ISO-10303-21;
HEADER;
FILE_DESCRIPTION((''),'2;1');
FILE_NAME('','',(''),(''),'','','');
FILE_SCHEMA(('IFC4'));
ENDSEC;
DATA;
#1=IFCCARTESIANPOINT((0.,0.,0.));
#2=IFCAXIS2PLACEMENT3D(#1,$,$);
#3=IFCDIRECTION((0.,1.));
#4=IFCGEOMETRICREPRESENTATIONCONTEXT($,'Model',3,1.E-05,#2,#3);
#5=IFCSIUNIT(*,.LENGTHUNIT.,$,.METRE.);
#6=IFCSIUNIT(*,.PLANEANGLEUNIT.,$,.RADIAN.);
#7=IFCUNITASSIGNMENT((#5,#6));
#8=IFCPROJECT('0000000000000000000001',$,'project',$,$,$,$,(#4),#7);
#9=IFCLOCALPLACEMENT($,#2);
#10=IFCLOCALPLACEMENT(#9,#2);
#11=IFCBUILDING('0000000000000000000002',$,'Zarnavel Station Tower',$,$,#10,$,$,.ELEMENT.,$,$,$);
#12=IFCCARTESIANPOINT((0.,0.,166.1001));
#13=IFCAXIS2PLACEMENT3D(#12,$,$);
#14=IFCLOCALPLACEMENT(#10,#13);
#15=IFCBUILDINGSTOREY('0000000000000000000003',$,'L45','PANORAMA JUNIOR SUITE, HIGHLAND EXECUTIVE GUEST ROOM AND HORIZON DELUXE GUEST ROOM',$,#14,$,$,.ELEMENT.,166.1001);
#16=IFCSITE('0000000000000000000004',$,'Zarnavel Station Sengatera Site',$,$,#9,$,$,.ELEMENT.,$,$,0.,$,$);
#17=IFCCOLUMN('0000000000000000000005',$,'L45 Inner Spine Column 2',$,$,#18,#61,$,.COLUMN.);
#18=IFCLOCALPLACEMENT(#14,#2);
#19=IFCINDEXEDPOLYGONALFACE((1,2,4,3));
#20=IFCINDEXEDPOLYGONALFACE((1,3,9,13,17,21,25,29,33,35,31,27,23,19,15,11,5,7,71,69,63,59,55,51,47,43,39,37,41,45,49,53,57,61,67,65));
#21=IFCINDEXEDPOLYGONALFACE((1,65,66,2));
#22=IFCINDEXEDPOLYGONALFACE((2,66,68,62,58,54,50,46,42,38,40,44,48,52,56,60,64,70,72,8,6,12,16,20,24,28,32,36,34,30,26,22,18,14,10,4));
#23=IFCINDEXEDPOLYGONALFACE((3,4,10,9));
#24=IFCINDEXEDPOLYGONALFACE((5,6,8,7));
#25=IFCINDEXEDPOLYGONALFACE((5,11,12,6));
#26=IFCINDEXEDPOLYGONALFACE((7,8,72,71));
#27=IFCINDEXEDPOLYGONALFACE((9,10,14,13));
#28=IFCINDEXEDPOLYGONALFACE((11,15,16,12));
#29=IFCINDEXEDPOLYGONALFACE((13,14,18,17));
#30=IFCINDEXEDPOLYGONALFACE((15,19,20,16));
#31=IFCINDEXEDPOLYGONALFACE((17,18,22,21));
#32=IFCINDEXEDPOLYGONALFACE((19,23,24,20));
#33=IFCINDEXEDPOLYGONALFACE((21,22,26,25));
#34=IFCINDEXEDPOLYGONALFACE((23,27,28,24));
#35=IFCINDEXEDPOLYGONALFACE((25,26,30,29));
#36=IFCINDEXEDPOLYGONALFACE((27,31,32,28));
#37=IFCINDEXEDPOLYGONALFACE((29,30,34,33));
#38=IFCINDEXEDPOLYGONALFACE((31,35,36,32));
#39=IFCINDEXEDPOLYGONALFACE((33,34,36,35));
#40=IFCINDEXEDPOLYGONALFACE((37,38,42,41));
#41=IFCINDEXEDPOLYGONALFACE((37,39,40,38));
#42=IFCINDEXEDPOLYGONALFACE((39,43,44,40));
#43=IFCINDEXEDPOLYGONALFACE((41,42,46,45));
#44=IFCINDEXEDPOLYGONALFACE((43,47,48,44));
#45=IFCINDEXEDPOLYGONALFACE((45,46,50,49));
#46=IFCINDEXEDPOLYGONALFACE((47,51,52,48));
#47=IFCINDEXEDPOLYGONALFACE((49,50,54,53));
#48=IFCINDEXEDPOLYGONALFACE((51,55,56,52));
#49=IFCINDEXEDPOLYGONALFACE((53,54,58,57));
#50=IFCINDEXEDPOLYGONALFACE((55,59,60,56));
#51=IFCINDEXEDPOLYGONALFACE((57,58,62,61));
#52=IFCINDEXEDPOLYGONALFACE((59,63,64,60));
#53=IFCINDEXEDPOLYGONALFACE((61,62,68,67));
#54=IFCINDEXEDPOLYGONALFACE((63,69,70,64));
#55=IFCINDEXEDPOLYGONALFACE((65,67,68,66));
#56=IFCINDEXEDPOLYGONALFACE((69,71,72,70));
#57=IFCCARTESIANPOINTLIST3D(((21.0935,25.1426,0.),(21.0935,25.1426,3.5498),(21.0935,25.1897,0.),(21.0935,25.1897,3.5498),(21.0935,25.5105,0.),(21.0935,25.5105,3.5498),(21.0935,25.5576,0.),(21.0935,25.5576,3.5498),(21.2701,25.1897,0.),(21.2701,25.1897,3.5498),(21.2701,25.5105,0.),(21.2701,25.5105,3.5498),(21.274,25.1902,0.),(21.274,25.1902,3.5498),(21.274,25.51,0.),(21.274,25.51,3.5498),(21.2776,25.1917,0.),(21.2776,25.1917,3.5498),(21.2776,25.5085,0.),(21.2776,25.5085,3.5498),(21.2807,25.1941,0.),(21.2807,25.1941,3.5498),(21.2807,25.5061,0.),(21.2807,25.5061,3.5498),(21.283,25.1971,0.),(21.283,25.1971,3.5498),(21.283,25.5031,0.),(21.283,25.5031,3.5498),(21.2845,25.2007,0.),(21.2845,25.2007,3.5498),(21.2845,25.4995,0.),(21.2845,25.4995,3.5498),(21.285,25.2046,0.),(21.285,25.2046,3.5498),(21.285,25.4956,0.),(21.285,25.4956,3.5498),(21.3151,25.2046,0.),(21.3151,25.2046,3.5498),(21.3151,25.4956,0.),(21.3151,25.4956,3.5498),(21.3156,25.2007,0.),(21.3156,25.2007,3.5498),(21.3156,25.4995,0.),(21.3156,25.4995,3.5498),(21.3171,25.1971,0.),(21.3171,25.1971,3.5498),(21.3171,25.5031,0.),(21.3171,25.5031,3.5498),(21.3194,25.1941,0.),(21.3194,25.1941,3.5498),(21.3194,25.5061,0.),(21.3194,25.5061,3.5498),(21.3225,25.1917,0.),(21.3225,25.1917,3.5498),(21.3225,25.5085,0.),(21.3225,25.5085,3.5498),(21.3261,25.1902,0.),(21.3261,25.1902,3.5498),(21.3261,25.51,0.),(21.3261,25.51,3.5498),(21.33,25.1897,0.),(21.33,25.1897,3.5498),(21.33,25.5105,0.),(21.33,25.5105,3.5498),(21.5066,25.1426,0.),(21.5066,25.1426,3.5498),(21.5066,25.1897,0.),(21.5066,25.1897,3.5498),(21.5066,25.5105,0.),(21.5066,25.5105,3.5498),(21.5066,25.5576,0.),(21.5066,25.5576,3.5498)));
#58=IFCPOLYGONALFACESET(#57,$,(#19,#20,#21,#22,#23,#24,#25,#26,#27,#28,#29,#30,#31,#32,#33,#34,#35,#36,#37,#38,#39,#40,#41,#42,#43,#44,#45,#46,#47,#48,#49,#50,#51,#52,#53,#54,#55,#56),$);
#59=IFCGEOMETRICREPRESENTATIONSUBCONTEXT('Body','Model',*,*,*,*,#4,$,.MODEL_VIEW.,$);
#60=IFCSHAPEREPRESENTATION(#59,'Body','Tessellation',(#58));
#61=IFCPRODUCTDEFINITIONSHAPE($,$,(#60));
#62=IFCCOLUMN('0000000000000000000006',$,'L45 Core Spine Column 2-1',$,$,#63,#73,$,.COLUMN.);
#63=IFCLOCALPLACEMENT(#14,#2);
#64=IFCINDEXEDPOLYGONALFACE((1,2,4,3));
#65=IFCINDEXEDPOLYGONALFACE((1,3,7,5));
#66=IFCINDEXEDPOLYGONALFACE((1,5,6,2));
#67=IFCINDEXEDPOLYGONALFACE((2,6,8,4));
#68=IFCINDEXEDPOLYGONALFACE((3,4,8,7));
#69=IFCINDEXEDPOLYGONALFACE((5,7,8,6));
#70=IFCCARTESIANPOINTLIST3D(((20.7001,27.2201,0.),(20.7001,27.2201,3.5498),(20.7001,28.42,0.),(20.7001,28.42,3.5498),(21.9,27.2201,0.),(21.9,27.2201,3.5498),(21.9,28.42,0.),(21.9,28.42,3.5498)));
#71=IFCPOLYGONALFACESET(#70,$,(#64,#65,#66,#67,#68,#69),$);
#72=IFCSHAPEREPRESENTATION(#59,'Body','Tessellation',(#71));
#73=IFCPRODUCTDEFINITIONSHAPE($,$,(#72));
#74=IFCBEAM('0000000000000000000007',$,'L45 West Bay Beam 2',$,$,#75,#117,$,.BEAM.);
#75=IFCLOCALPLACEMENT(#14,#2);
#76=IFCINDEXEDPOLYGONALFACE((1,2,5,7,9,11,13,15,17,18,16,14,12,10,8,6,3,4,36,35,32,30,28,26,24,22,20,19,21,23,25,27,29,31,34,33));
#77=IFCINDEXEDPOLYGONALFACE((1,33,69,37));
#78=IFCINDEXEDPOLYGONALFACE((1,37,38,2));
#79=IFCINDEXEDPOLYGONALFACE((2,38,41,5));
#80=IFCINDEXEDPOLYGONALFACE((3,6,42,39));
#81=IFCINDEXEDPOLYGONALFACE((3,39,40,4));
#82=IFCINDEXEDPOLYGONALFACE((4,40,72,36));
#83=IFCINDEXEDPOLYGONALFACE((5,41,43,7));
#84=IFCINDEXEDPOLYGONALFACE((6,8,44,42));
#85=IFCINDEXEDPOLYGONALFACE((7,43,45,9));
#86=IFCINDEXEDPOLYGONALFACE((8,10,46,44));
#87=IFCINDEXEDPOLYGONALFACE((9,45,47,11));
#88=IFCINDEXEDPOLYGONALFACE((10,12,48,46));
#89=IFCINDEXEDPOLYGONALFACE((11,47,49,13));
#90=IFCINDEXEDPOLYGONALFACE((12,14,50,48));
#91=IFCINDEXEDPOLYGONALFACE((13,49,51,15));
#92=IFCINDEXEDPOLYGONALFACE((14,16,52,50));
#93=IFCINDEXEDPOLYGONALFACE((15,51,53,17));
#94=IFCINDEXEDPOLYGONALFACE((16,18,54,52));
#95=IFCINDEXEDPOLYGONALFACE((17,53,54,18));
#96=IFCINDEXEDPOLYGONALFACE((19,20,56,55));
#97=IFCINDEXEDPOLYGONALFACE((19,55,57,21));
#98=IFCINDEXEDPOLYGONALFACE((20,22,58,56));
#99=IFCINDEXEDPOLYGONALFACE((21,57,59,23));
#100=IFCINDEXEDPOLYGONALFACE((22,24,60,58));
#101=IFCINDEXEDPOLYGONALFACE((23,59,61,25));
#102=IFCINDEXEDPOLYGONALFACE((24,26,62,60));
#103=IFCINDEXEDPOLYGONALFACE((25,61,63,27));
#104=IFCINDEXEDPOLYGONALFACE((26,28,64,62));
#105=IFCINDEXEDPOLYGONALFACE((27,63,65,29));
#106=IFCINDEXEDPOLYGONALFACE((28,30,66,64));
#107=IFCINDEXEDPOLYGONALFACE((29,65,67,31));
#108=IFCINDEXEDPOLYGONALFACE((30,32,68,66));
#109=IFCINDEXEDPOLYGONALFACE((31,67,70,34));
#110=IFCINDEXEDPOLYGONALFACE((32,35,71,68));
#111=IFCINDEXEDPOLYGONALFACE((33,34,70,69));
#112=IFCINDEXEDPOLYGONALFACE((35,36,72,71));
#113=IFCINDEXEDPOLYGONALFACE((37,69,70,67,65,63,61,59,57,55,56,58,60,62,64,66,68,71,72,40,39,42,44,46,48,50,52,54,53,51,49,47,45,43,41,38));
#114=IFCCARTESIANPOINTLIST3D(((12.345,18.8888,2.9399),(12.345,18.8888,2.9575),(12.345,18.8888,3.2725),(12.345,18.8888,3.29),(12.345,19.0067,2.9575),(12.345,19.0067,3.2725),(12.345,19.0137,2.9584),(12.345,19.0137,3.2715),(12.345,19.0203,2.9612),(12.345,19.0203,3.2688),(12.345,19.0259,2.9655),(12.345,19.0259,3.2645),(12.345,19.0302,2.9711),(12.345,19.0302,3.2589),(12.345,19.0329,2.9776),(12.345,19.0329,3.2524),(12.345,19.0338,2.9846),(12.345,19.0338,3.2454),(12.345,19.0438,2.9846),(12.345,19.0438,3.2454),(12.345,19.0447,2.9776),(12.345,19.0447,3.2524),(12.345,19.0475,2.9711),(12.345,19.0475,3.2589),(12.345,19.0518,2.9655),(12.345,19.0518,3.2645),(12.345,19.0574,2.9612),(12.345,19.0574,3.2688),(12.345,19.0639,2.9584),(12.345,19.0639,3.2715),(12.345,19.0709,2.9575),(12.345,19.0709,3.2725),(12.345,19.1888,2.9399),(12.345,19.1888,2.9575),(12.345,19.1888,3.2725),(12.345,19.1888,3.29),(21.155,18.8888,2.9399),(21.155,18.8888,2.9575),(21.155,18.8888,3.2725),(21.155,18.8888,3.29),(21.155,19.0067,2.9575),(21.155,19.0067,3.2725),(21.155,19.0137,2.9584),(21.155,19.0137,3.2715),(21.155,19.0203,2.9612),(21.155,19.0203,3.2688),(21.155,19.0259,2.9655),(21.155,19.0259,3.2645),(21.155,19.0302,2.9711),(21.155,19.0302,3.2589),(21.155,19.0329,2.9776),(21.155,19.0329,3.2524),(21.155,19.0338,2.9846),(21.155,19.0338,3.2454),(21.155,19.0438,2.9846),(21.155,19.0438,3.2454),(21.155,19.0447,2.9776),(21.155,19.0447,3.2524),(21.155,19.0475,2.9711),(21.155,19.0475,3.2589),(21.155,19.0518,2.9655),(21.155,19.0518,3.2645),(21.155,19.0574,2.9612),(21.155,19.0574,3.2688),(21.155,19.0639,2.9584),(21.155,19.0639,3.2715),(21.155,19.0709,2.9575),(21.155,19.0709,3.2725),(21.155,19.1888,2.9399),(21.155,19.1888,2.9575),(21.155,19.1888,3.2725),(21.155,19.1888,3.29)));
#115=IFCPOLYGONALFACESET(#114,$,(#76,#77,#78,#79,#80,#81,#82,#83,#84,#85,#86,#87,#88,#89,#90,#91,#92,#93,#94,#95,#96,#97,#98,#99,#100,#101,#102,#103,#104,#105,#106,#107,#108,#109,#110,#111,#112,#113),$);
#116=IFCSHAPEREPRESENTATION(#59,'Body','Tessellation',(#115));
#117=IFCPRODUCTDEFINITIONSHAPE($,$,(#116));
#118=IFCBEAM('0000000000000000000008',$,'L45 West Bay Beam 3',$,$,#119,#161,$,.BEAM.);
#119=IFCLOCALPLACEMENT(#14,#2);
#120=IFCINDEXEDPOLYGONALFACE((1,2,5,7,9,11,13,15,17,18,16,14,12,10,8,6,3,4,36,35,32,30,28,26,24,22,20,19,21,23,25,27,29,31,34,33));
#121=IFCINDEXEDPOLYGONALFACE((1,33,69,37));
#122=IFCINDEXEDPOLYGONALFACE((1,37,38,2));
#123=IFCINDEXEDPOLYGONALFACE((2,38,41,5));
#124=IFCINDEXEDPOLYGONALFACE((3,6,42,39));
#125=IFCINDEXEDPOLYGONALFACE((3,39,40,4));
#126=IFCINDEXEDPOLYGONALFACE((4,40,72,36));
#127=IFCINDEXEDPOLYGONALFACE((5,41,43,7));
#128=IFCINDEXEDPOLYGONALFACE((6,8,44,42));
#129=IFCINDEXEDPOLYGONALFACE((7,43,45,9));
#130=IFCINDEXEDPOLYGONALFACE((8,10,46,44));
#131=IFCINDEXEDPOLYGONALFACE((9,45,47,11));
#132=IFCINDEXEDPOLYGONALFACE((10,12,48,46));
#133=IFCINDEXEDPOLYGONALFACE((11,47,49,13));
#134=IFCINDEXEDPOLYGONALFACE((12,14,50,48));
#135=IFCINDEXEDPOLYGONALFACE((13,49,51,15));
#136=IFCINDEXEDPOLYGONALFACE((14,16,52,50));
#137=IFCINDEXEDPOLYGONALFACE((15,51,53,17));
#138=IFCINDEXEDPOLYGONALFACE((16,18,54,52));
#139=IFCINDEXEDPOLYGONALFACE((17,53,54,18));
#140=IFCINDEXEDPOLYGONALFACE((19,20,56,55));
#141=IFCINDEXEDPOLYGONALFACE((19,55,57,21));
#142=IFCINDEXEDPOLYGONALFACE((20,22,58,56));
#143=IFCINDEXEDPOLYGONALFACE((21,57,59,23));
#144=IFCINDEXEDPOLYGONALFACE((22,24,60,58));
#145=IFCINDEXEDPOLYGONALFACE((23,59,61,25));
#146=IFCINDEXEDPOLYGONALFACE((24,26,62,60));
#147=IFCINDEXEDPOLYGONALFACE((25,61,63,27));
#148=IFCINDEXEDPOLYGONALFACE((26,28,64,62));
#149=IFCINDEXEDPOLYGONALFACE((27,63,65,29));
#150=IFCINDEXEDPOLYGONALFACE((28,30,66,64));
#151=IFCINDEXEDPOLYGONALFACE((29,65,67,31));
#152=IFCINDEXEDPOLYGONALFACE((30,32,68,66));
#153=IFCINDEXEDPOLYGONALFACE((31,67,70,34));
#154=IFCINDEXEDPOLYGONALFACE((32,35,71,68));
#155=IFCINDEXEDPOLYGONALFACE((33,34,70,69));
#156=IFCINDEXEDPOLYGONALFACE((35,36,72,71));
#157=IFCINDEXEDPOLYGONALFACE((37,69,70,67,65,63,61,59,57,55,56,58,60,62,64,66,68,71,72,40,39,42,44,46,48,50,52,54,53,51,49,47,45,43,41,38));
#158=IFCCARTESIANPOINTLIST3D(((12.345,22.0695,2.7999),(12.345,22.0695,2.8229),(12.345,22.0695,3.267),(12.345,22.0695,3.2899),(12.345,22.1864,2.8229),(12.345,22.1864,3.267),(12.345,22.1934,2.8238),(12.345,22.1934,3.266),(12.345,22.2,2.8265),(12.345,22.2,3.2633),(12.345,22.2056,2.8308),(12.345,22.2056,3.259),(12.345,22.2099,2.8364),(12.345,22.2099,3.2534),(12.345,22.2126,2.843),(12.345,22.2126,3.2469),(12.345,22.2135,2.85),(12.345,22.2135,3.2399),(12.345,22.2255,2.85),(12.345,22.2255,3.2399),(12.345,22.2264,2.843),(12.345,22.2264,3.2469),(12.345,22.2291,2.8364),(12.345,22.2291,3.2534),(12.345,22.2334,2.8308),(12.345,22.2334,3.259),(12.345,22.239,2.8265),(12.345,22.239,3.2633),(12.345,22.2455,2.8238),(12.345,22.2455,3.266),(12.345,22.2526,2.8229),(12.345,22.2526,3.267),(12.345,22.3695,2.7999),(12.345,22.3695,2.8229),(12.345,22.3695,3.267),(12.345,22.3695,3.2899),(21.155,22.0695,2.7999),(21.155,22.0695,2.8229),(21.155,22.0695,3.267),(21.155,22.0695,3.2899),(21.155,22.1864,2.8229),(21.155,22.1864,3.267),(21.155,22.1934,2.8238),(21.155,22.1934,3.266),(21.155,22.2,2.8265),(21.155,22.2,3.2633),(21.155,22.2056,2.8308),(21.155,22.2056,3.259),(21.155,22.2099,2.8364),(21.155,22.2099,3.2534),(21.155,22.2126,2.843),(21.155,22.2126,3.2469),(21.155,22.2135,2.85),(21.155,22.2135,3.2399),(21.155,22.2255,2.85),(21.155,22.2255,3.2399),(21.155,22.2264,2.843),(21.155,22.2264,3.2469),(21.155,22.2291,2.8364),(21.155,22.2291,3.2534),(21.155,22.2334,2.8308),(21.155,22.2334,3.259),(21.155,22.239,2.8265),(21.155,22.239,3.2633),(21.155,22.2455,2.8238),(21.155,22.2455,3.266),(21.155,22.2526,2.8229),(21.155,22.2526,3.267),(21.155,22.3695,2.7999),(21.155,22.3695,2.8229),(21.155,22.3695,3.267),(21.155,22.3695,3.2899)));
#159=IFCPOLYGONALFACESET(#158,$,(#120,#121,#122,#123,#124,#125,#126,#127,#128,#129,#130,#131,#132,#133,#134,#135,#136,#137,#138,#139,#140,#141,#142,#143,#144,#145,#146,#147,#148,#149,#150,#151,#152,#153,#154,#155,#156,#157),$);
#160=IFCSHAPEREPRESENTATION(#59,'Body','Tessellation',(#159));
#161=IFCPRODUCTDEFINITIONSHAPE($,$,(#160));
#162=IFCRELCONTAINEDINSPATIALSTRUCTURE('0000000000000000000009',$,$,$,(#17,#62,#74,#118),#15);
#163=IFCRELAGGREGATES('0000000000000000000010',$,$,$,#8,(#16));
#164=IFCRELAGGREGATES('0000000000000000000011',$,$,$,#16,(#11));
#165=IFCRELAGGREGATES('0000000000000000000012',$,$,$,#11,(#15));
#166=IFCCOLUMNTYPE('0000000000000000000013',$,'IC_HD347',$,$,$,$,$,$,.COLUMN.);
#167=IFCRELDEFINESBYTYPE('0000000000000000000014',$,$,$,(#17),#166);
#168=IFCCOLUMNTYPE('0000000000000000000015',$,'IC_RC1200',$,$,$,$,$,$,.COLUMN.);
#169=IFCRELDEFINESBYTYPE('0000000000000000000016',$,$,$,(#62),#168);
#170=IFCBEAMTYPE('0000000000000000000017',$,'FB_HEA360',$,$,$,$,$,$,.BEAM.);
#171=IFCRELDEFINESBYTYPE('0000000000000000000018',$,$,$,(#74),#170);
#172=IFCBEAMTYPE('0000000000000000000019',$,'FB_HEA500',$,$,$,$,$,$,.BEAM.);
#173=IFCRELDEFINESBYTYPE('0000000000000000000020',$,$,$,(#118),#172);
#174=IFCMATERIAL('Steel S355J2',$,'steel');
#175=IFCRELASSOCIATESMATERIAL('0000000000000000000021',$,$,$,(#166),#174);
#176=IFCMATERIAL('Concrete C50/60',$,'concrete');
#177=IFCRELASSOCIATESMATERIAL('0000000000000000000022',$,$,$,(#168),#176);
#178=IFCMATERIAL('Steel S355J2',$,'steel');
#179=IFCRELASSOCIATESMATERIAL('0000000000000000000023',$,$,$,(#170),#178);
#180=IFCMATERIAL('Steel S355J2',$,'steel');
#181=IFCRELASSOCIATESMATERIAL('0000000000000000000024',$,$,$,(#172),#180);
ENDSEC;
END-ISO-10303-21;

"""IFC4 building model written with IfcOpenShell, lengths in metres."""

from ifc_helpers import new_model, si_unit, direction, frame, origin, origin_2d, place, context, subcontext, project, spatial, rectangle, i_section, extrude, material, material_profile, profile_set, type_object, element, save


model = new_model("IFC4")

# Units and contexts
model_context = context("Model", 3, precision=1e-05, world=origin(), true_north=direction((0.0, 1.0)))
body_context = subcontext(model_context, "Body", "Model", "MODEL_VIEW")
ifc_project = project(units=[si_unit("LENGTHUNIT", "METRE"), si_unit("PLANEANGLEUNIT", "RADIAN")], contexts=[model_context])

# Site, building, storey
site_placement = place(None, origin())
site = spatial("IfcSite", under=ifc_project, at=site_placement, Name="Zarnavel Station Sengatera Site", CompositionType="ELEMENT", RefElevation=0.0)
building_placement = place(site_placement, origin())
building = spatial("IfcBuilding", under=site, at=building_placement, Name="Zarnavel Station Tower", CompositionType="ELEMENT")
storey_placement = place(building_placement, frame((0.0, 0.0, 166.1001)))
storey = spatial("IfcBuildingStorey", under=building, at=storey_placement, Name="L45", Description="PANORAMA JUNIOR SUITE, HIGHLAND EXECUTIVE GUEST ROOM AND HORIZON DELUXE GUEST ROOM", CompositionType="ELEMENT", Elevation=166.1001)

# Columns
ifc_material_1 = material(Name="Steel S355J2", Category="steel")
ifc_material_profile_1 = material_profile(ifc_material_1, i_section(OverallWidth=0.4131, OverallDepth=0.415, WebThickness=0.03, FlangeThickness=0.0471, FilletRadius=0.0149, at=origin_2d()), Name="HD400x347")
ifc_profile_set_1 = profile_set([ifc_material_profile_1], Name="Steel S355J2")
column_type_1 = type_object("IfcColumnType", Name="IC_HD347", PredefinedType="COLUMN", material=ifc_profile_set_1)
column_1_placement = place(storey_placement, frame((21.3, 25.3501, 0.0), z_axis=(0.0, 0.0, 1.0), x_axis=(1.0, 0.0, 0.0)))
element("IfcColumn", 1, at=column_1_placement, inside=storey, type_object=column_type_1, Name="L45 Inner Spine Column 2", PredefinedType="COLUMN", context=body_context, shape_type="SweptSolid", body=[
    extrude(i_section(OverallWidth=0.4131, OverallDepth=0.415, WebThickness=0.03, FlangeThickness=0.0471, FilletRadius=0.0149, at=origin_2d()), origin(), (0.0, 0.0, 1.0), 3.5498),
])
ifc_material_2 = material(Name="Concrete C50/60", Category="concrete")
ifc_material_profile_2 = material_profile(ifc_material_2, rectangle(XDim=1.2, YDim=1.2, at=origin_2d()), Name="RC1200x1200")
ifc_profile_set_2 = profile_set([ifc_material_profile_2], Name="Concrete C50/60")
column_type_2 = type_object("IfcColumnType", Name="IC_RC1200", PredefinedType="COLUMN", material=ifc_profile_set_2)
column_2_placement = place(storey_placement, frame((21.3, 27.8201, 0.0), z_axis=(0.0, 0.0, 1.0), x_axis=(1.0, 0.0, 0.0)))
element("IfcColumn", 2, at=column_2_placement, inside=storey, type_object=column_type_2, Name="L45 Core Spine Column 2-1", PredefinedType="COLUMN", context=body_context, shape_type="SweptSolid", body=[
    extrude(rectangle(XDim=1.2, YDim=1.2, at=origin_2d()), origin(), (0.0, 0.0, 1.0), 3.5498),
])

# Beams
ifc_material_3 = material(Name="Steel S355J2", Category="steel")
ifc_material_profile_3 = material_profile(ifc_material_3, i_section(OverallWidth=0.3, OverallDepth=0.3501, WebThickness=0.01, FlangeThickness=0.0176, FilletRadius=0.0271, at=origin_2d()), Name="HEA360")
ifc_profile_set_3 = profile_set([ifc_material_profile_3], Name="Steel S355J2")
beam_type_1 = type_object("IfcBeamType", Name="FB_HEA360", PredefinedType="BEAM", material=ifc_profile_set_3)
beam_1_placement = place(storey_placement, frame((12.345, 19.0388, 3.115), z_axis=(1.0, 0.0, 0.0), x_axis=(0.0, 1.0, 0.0)))
element("IfcBeam", 3, at=beam_1_placement, inside=storey, type_object=beam_type_1, Name="L45 West Bay Beam 2", PredefinedType="BEAM", context=body_context, shape_type="SweptSolid", body=[
    extrude(i_section(OverallWidth=0.3, OverallDepth=0.3501, WebThickness=0.01, FlangeThickness=0.0176, FilletRadius=0.0271, at=origin_2d()), origin(), (0.0, 0.0, 1.0), 8.8101),
])
ifc_material_4 = material(Name="Steel S355J2", Category="steel")
ifc_material_profile_4 = material_profile(ifc_material_4, i_section(OverallWidth=0.3, OverallDepth=0.49, WebThickness=0.012, FlangeThickness=0.0229, FilletRadius=0.0271, at=origin_2d()), Name="HEA500")
ifc_profile_set_4 = profile_set([ifc_material_profile_4], Name="Steel S355J2")
beam_type_2 = type_object("IfcBeamType", Name="FB_HEA500", PredefinedType="BEAM", material=ifc_profile_set_4)
beam_2_placement = place(storey_placement, frame((12.345, 22.2195, 3.0449), z_axis=(1.0, 0.0, 0.0), x_axis=(0.0, 1.0, 0.0)))
element("IfcBeam", 4, at=beam_2_placement, inside=storey, type_object=beam_type_2, Name="L45 West Bay Beam 3", PredefinedType="BEAM", context=body_context, shape_type="SweptSolid", body=[
    extrude(i_section(OverallWidth=0.3, OverallDepth=0.49, WebThickness=0.012, FlangeThickness=0.0229, FilletRadius=0.0271, at=origin_2d()), origin(), (0.0, 0.0, 1.0), 8.8101),
])

save(model, "model.ifc")
